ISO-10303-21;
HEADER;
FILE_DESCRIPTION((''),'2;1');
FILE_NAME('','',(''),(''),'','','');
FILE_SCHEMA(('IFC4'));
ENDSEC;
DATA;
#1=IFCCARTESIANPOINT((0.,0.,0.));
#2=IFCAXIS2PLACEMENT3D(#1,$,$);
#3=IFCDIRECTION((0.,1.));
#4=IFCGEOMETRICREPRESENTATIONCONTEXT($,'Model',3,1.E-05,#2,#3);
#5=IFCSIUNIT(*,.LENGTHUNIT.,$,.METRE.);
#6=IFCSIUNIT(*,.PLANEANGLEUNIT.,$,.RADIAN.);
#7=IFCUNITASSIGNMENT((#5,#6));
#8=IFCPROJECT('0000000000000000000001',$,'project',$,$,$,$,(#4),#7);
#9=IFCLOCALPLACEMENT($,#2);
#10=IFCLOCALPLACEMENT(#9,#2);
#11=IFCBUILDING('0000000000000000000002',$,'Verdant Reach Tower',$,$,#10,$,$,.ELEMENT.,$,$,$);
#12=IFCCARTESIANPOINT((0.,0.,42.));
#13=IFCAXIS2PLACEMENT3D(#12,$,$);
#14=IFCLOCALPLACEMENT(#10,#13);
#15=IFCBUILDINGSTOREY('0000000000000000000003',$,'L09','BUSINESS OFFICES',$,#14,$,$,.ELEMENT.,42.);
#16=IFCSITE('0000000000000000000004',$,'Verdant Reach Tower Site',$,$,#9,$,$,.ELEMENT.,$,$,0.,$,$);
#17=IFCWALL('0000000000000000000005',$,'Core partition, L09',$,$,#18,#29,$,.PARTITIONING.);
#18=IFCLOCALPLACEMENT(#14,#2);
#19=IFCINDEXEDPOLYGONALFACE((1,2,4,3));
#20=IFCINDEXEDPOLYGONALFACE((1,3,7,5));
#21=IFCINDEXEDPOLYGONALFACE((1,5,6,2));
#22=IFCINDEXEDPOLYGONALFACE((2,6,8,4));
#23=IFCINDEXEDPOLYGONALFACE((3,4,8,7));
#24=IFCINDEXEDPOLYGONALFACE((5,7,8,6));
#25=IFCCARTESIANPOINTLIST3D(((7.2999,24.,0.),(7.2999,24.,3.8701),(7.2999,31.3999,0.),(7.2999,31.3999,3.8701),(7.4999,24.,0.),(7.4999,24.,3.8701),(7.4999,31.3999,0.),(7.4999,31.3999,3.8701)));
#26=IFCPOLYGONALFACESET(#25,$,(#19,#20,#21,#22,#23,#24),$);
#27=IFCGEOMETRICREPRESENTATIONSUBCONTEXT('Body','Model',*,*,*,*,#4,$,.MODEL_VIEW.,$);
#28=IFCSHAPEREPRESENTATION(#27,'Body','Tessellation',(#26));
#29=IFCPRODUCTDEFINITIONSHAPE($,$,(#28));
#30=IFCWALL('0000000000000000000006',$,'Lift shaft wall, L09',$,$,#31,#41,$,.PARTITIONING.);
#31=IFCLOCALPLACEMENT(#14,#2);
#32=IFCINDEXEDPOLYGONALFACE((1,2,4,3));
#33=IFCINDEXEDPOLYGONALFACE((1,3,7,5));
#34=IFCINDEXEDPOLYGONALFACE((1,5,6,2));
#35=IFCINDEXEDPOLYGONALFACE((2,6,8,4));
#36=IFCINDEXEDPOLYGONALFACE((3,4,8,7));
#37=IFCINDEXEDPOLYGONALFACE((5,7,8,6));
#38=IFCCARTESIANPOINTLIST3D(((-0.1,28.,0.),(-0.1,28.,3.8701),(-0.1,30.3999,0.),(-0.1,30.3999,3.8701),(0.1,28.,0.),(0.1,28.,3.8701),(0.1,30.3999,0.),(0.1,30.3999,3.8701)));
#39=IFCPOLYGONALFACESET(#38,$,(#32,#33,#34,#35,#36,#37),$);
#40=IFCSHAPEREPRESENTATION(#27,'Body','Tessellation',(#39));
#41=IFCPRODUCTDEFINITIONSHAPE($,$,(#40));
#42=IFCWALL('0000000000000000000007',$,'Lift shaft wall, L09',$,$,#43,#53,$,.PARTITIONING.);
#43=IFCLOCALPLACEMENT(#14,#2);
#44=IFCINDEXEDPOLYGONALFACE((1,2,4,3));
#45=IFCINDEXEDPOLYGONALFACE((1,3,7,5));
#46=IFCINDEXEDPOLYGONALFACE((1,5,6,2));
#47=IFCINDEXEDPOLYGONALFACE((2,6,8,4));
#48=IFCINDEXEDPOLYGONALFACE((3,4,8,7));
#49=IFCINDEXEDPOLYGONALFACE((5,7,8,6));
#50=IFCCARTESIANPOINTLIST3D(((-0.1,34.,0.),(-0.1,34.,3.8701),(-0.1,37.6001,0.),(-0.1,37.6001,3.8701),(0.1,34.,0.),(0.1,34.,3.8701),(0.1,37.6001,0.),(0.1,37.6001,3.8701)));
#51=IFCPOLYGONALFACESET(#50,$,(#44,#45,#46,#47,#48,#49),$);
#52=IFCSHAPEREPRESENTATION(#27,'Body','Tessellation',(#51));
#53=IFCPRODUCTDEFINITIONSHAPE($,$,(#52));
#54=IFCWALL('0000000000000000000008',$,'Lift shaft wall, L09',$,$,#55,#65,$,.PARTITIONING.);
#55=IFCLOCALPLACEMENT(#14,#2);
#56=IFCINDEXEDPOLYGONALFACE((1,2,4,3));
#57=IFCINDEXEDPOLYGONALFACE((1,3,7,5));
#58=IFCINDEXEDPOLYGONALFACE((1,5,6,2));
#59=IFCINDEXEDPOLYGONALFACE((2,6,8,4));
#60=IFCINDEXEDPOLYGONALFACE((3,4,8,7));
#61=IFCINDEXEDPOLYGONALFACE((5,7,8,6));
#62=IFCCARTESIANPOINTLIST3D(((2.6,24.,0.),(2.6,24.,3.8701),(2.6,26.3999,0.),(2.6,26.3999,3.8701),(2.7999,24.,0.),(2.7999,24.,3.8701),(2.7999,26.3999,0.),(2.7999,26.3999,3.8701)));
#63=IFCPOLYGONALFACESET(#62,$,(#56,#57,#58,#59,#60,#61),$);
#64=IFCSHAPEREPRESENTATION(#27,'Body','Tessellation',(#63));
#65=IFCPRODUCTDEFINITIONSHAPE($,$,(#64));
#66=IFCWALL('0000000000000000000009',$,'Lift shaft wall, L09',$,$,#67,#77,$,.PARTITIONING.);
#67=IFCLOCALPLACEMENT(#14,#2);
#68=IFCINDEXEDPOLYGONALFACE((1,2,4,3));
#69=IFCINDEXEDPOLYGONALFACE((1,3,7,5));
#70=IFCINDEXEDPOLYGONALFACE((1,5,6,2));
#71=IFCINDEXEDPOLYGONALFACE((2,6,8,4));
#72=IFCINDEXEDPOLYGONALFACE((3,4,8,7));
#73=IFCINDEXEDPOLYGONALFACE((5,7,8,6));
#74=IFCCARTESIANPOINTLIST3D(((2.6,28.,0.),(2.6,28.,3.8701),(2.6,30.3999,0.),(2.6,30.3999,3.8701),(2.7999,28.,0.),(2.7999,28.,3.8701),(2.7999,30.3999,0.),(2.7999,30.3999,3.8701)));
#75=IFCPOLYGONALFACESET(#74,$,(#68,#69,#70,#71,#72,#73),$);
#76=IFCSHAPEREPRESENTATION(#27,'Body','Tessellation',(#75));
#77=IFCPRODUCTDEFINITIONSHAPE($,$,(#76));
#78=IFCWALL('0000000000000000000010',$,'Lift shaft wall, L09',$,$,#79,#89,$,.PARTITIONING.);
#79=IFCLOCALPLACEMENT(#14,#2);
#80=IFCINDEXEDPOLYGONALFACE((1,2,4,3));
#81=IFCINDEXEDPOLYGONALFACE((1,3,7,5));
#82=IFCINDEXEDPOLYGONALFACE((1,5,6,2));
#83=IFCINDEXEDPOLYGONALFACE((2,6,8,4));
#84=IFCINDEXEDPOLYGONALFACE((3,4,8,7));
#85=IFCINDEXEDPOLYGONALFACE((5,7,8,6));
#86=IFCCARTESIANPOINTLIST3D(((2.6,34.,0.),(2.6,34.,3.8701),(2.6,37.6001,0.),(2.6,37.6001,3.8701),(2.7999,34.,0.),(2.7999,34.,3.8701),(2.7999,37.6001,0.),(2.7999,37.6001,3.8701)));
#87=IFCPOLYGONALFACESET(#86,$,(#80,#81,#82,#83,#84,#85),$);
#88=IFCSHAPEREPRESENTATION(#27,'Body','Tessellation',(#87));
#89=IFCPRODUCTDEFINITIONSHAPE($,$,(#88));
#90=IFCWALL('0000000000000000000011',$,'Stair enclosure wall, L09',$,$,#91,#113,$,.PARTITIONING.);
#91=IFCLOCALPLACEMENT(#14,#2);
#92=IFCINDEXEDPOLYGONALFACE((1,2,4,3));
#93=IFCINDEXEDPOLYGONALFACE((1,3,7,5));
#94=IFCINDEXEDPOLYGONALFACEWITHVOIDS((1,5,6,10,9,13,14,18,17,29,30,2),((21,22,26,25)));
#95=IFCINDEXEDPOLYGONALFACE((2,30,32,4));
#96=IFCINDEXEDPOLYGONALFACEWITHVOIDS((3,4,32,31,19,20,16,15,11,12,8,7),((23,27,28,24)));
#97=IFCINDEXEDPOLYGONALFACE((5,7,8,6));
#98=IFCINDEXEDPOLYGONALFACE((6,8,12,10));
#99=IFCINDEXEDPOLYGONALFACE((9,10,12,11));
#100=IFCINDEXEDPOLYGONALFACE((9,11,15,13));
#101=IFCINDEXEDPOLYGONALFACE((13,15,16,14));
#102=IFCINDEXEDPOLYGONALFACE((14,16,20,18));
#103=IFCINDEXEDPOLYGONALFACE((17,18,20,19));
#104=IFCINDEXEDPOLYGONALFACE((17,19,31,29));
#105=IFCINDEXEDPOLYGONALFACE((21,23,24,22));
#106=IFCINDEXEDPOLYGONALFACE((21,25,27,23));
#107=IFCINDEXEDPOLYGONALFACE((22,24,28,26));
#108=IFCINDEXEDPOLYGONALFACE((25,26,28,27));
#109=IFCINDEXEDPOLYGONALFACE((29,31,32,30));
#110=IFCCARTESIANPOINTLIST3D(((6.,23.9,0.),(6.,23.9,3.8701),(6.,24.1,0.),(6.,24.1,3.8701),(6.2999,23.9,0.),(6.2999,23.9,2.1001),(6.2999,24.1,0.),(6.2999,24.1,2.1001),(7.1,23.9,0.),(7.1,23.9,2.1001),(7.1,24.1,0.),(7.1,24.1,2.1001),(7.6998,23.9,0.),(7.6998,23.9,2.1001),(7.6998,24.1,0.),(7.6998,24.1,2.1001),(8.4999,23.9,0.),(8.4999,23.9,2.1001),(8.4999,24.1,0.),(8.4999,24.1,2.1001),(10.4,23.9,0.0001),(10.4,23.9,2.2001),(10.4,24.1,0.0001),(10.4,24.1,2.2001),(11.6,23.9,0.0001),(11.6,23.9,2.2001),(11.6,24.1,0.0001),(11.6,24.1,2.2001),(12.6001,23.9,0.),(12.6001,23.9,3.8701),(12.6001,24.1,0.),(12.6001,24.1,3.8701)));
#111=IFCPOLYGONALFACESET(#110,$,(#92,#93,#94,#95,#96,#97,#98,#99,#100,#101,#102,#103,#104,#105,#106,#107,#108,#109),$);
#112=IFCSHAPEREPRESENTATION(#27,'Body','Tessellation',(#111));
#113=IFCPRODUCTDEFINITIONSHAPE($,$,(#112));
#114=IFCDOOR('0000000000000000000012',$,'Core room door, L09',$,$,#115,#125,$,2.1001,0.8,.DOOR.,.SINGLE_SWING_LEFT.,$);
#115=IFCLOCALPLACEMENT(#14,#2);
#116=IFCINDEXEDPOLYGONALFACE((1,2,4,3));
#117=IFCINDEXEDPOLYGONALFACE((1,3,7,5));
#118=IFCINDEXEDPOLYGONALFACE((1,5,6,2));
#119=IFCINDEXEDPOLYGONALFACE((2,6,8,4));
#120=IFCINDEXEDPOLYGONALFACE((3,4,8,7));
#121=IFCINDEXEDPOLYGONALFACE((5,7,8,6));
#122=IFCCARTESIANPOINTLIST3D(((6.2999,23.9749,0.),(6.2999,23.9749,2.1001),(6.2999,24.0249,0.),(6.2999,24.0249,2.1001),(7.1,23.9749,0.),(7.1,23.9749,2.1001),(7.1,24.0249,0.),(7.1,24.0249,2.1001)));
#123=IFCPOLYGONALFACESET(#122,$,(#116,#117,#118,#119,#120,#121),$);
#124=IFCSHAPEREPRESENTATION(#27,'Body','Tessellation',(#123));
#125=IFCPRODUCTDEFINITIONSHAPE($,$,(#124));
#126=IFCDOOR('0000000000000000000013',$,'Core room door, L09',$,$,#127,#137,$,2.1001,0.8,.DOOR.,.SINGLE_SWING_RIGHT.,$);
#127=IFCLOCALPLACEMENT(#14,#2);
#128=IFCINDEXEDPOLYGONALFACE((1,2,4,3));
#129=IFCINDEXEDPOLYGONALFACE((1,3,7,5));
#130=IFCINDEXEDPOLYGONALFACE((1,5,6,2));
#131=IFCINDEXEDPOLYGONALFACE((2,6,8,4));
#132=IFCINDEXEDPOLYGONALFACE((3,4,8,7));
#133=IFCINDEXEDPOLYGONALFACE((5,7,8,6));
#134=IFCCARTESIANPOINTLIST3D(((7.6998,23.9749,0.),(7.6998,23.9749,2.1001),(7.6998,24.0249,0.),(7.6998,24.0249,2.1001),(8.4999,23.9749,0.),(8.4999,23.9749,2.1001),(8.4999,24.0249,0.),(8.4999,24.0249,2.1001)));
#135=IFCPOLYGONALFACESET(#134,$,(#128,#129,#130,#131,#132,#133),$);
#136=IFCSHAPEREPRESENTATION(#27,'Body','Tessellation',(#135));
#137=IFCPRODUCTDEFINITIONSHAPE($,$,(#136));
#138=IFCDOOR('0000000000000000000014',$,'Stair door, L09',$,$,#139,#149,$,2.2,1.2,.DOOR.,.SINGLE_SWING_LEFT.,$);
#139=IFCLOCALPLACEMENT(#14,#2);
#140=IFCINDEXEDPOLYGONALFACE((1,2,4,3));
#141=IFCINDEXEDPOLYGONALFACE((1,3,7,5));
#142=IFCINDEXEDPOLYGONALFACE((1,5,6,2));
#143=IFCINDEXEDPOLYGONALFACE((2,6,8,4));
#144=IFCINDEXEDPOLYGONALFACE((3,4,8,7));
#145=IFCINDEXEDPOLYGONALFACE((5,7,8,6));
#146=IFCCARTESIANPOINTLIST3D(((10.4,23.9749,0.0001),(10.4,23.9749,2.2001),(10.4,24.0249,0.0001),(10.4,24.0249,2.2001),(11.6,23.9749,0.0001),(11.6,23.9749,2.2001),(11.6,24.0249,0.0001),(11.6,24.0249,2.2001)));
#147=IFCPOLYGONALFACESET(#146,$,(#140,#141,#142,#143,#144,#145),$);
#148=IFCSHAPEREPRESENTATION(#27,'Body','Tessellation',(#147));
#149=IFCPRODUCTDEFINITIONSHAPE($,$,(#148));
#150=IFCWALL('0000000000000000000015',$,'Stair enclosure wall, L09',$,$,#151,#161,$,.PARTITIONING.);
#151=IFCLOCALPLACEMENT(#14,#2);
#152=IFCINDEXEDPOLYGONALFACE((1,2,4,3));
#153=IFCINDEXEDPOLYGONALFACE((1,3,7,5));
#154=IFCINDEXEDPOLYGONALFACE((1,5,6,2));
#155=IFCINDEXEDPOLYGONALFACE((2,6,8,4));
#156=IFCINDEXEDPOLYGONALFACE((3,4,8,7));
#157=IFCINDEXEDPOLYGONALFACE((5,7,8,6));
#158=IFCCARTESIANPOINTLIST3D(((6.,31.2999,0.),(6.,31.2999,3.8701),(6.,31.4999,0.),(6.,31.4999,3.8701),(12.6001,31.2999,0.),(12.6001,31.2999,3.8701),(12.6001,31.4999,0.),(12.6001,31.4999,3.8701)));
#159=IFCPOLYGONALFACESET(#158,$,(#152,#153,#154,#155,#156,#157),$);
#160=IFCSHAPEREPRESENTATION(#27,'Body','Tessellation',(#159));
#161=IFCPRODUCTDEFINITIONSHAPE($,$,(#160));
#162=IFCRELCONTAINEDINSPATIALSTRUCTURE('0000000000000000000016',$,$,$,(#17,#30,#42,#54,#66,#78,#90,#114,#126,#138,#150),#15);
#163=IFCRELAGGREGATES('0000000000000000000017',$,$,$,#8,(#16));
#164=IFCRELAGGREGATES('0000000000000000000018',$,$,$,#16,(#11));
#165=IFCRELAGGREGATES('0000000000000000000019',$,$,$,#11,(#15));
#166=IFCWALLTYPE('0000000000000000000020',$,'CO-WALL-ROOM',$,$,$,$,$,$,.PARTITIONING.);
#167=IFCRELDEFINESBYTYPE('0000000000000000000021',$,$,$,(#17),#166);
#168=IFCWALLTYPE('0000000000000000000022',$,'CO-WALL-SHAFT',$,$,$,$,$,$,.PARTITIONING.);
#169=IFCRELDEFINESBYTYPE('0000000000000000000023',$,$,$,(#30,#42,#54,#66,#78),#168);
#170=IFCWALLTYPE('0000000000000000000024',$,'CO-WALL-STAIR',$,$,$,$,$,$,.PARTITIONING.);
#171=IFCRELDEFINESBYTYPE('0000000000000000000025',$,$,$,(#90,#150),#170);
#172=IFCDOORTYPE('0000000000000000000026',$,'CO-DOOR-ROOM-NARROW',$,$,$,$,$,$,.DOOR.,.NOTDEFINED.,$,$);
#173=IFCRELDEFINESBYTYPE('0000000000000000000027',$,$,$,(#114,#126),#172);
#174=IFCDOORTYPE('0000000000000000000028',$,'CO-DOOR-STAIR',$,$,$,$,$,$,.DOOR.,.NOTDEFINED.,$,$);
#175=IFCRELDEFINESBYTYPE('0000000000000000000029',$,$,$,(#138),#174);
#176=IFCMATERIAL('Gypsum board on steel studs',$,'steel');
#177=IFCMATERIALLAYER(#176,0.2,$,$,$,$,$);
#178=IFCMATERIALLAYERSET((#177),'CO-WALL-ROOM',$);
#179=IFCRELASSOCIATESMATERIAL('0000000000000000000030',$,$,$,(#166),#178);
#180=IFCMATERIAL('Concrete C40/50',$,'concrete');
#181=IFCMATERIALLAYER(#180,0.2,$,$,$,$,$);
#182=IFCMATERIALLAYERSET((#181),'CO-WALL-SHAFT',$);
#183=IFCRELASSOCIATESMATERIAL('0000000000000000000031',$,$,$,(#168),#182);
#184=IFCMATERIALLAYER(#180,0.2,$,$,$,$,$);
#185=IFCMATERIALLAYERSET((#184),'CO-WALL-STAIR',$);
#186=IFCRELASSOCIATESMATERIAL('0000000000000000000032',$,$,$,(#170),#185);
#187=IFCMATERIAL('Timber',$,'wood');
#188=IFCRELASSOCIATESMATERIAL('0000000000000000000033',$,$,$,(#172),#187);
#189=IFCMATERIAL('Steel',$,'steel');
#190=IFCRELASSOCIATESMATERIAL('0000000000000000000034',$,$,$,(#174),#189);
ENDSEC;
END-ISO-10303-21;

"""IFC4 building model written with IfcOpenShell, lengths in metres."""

from ifc_helpers import new_model, si_unit, direction, frame, frame_2d, origin, place, context, subcontext, project, spatial, rectangle, extrude, material, layer, layer_set, type_object, element, fill, save


model = new_model("IFC4")

# Units and contexts
model_context = context("Model", 3, precision=1e-05, world=origin(), true_north=direction((0.0, 1.0)))
body_context = subcontext(model_context, "Body", "Model", "MODEL_VIEW")
ifc_project = project(units=[si_unit("LENGTHUNIT", "METRE"), si_unit("PLANEANGLEUNIT", "RADIAN")], contexts=[model_context])

# Site, building, storey
site_placement = place(None, origin())
site = spatial("IfcSite", under=ifc_project, at=site_placement, Name="Verdant Reach Tower Site", CompositionType="ELEMENT", RefElevation=0.0)
building_placement = place(site_placement, origin())
building = spatial("IfcBuilding", under=site, at=building_placement, Name="Verdant Reach Tower", CompositionType="ELEMENT")
storey_placement = place(building_placement, frame((0.0, 0.0, 42.0)))
storey = spatial("IfcBuildingStorey", under=building, at=storey_placement, Name="L09", Description="BUSINESS OFFICES", CompositionType="ELEMENT", Elevation=42.0)

# Walls
ifc_material_1 = material(Name="Gypsum board on steel studs", Category="steel")
ifc_layer_1 = layer(ifc_material_1, 0.2)
ifc_layer_set_1 = layer_set([ifc_layer_1], Name="CO-WALL-ROOM")
wall_type_1 = type_object("IfcWallType", Name="CO-WALL-ROOM", PredefinedType="PARTITIONING", material=ifc_layer_set_1)
wall_1_placement = place(storey_placement, frame((7.3999, 24.0, 0.0), z_axis=(0.0, 0.0, 1.0), x_axis=(0.0, 1.0, 0.0)))
element("IfcWall", 1, at=wall_1_placement, inside=storey, type_object=wall_type_1, Name="Core partition, L09", PredefinedType="PARTITIONING", context=body_context, shape_type="SweptSolid", body=[
    extrude(rectangle(XDim=7.3999, YDim=0.2, at=frame_2d((3.7, 0.0))), origin(), (0.0, 0.0, 1.0), 3.8701),
])
ifc_material_2 = material(Name="Concrete C40/50", Category="concrete")
ifc_layer_2 = layer(ifc_material_2, 0.2)
ifc_layer_set_2 = layer_set([ifc_layer_2], Name="CO-WALL-SHAFT")
wall_type_2 = type_object("IfcWallType", Name="CO-WALL-SHAFT", PredefinedType="PARTITIONING", material=ifc_layer_set_2)
wall_2_placement = place(storey_placement, frame((0.0, 28.0, 0.0), z_axis=(0.0, 0.0, 1.0), x_axis=(0.0, 1.0, 0.0)))
element("IfcWall", 2, at=wall_2_placement, inside=storey, type_object=wall_type_2, Name="Lift shaft wall, L09", PredefinedType="PARTITIONING", context=body_context, shape_type="SweptSolid", body=[
    extrude(rectangle(XDim=2.3999, YDim=0.2, at=frame_2d((1.2, 0.0))), origin(), (0.0, 0.0, 1.0), 3.8701),
])
wall_3_placement = place(storey_placement, frame((0.0, 34.0, 0.0), z_axis=(0.0, 0.0, 1.0), x_axis=(0.0, 1.0, 0.0)))
element("IfcWall", 3, at=wall_3_placement, inside=storey, type_object=wall_type_2, Name="Lift shaft wall, L09", PredefinedType="PARTITIONING", context=body_context, shape_type="SweptSolid", body=[
    extrude(rectangle(XDim=3.6001, YDim=0.2, at=frame_2d((1.8, 0.0))), origin(), (0.0, 0.0, 1.0), 3.8701),
])
for number, where, z_axis, x_axis, name in (
    (4, (2.7, 24.0, 0.0), (0.0, 0.0, 1.0), (0.0, 1.0, 0.0), "Lift shaft wall, L09"),
    (5, (2.7, 28.0, 0.0), (0.0, 0.0, 1.0), (0.0, 1.0, 0.0), "Lift shaft wall, L09"),
):
    element("IfcWall", number, at=place(storey_placement, frame(where, z_axis=z_axis, x_axis=x_axis)), inside=storey, type_object=wall_type_2, Name=name, PredefinedType="PARTITIONING", context=body_context, shape_type="SweptSolid", body=[
        extrude(rectangle(XDim=2.3999, YDim=0.2, at=frame_2d((1.2, 0.0))), origin(), (0.0, 0.0, 1.0), 3.8701),
    ])
wall_4_placement = place(storey_placement, frame((2.7, 34.0, 0.0), z_axis=(0.0, 0.0, 1.0), x_axis=(0.0, 1.0, 0.0)))
element("IfcWall", 6, at=wall_4_placement, inside=storey, type_object=wall_type_2, Name="Lift shaft wall, L09", PredefinedType="PARTITIONING", context=body_context, shape_type="SweptSolid", body=[
    extrude(rectangle(XDim=3.6001, YDim=0.2, at=frame_2d((1.8, 0.0))), origin(), (0.0, 0.0, 1.0), 3.8701),
])

# Wall, openings, doors
ifc_layer_3 = layer(ifc_material_2, 0.2)
ifc_layer_set_3 = layer_set([ifc_layer_3], Name="CO-WALL-STAIR")
wall_type_3 = type_object("IfcWallType", Name="CO-WALL-STAIR", PredefinedType="PARTITIONING", material=ifc_layer_set_3)
wall_5_placement = place(storey_placement, frame((6.0, 24.0, 0.0), z_axis=(0.0, 0.0, 1.0), x_axis=(1.0, 0.0, 0.0)))
wall_5 = element("IfcWall", 7, at=wall_5_placement, inside=storey, type_object=wall_type_3, Name="Stair enclosure wall, L09", PredefinedType="PARTITIONING", context=body_context, shape_type="SweptSolid", body=[
    extrude(rectangle(XDim=6.6001, YDim=0.2, at=frame_2d((3.3, 0.0))), origin(), (0.0, 0.0, 1.0), 3.8701),
])
opening_1_placement = place(wall_5_placement, frame((0.3, 0.0, 0.0)))
opening_1 = element("IfcOpeningElement", 8, at=opening_1_placement, cuts=wall_5, PredefinedType="OPENING", context=body_context, shape_type="SweptSolid", body=[
    extrude(rectangle(XDim=0.8, YDim=2.1001, at=frame_2d((0.3999, 1.05))), frame((0.0, 0.1099, 0.0), z_axis=(0.0, -1.0, 0.0), x_axis=(1.0, 0.0, 0.0)), (0.0, 0.0, 1.0), 0.22),
])
opening_2_placement = place(wall_5_placement, frame((1.7, 0.0, 0.0)))
opening_2 = element("IfcOpeningElement", 9, at=opening_2_placement, cuts=wall_5, PredefinedType="OPENING", context=body_context, shape_type="SweptSolid", body=[
    extrude(rectangle(XDim=0.8, YDim=2.1001, at=frame_2d((0.3999, 1.05))), frame((0.0, 0.1099, 0.0), z_axis=(0.0, -1.0, 0.0), x_axis=(1.0, 0.0, 0.0)), (0.0, 0.0, 1.0), 0.22),
])
opening_3_placement = place(wall_5_placement, frame((4.3999, 0.0, 0.0)))
opening_3 = element("IfcOpeningElement", 10, at=opening_3_placement, cuts=wall_5, PredefinedType="OPENING", context=body_context, shape_type="SweptSolid", body=[
    extrude(rectangle(XDim=1.2, YDim=2.2, at=frame_2d((0.6001, 1.1001))), frame((0.0, 0.1099, 0.0), z_axis=(0.0, -1.0, 0.0), x_axis=(1.0, 0.0, 0.0)), (0.0, 0.0, 1.0), 0.22),
])
ifc_material_3 = material(Name="Timber", Category="wood")
door_type_1 = type_object("IfcDoorType", Name="CO-DOOR-ROOM-NARROW", OperationType="NOTDEFINED", PredefinedType="DOOR", material=ifc_material_3)
door_1_placement = place(opening_1_placement, origin())
door_1 = element("IfcDoor", 11, at=door_1_placement, inside=storey, type_object=door_type_1, Name="Core room door, L09", OperationType="SINGLE_SWING_LEFT", OverallHeight=2.1001, OverallWidth=0.8, PredefinedType="DOOR", context=body_context, shape_type="SweptSolid", body=[
    extrude(rectangle(XDim=0.8, YDim=2.1001, at=frame_2d((0.3999, 1.05))), frame((0.0, 0.0249, 0.0), z_axis=(0.0, -1.0, 0.0), x_axis=(1.0, 0.0, 0.0)), (0.0, 0.0, 1.0), 0.05),
])
fill(opening_1, door_1)
door_2_placement = place(opening_2_placement, origin())
door_2 = element("IfcDoor", 12, at=door_2_placement, inside=storey, type_object=door_type_1, Name="Core room door, L09", OperationType="SINGLE_SWING_RIGHT", OverallHeight=2.1001, OverallWidth=0.8, PredefinedType="DOOR", context=body_context, shape_type="SweptSolid", body=[
    extrude(rectangle(XDim=0.8, YDim=2.1001, at=frame_2d((0.3999, 1.05))), frame((0.0, 0.0249, 0.0), z_axis=(0.0, -1.0, 0.0), x_axis=(1.0, 0.0, 0.0)), (0.0, 0.0, 1.0), 0.05),
])
fill(opening_2, door_2)
ifc_material_4 = material(Name="Steel", Category="steel")
door_type_2 = type_object("IfcDoorType", Name="CO-DOOR-STAIR", OperationType="NOTDEFINED", PredefinedType="DOOR", material=ifc_material_4)
door_3_placement = place(opening_3_placement, origin())
door_3 = element("IfcDoor", 13, at=door_3_placement, inside=storey, type_object=door_type_2, Name="Stair door, L09", OperationType="SINGLE_SWING_LEFT", OverallHeight=2.2, OverallWidth=1.2, PredefinedType="DOOR", context=body_context, shape_type="SweptSolid", body=[
    extrude(rectangle(XDim=1.2, YDim=2.2, at=frame_2d((0.6001, 1.1001))), frame((0.0, 0.0249, 0.0), z_axis=(0.0, -1.0, 0.0), x_axis=(1.0, 0.0, 0.0)), (0.0, 0.0, 1.0), 0.05),
])
fill(opening_3, door_3)

# Wall
wall_6_placement = place(storey_placement, frame((6.0, 31.3999, 0.0), z_axis=(0.0, 0.0, 1.0), x_axis=(1.0, 0.0, 0.0)))
element("IfcWall", 14, at=wall_6_placement, inside=storey, type_object=wall_type_3, Name="Stair enclosure wall, L09", PredefinedType="PARTITIONING", context=body_context, shape_type="SweptSolid", body=[
    extrude(rectangle(XDim=6.6001, YDim=0.2, at=frame_2d((3.3, 0.0))), origin(), (0.0, 0.0, 1.0), 3.8701),
])

save(model, "model.ifc")
